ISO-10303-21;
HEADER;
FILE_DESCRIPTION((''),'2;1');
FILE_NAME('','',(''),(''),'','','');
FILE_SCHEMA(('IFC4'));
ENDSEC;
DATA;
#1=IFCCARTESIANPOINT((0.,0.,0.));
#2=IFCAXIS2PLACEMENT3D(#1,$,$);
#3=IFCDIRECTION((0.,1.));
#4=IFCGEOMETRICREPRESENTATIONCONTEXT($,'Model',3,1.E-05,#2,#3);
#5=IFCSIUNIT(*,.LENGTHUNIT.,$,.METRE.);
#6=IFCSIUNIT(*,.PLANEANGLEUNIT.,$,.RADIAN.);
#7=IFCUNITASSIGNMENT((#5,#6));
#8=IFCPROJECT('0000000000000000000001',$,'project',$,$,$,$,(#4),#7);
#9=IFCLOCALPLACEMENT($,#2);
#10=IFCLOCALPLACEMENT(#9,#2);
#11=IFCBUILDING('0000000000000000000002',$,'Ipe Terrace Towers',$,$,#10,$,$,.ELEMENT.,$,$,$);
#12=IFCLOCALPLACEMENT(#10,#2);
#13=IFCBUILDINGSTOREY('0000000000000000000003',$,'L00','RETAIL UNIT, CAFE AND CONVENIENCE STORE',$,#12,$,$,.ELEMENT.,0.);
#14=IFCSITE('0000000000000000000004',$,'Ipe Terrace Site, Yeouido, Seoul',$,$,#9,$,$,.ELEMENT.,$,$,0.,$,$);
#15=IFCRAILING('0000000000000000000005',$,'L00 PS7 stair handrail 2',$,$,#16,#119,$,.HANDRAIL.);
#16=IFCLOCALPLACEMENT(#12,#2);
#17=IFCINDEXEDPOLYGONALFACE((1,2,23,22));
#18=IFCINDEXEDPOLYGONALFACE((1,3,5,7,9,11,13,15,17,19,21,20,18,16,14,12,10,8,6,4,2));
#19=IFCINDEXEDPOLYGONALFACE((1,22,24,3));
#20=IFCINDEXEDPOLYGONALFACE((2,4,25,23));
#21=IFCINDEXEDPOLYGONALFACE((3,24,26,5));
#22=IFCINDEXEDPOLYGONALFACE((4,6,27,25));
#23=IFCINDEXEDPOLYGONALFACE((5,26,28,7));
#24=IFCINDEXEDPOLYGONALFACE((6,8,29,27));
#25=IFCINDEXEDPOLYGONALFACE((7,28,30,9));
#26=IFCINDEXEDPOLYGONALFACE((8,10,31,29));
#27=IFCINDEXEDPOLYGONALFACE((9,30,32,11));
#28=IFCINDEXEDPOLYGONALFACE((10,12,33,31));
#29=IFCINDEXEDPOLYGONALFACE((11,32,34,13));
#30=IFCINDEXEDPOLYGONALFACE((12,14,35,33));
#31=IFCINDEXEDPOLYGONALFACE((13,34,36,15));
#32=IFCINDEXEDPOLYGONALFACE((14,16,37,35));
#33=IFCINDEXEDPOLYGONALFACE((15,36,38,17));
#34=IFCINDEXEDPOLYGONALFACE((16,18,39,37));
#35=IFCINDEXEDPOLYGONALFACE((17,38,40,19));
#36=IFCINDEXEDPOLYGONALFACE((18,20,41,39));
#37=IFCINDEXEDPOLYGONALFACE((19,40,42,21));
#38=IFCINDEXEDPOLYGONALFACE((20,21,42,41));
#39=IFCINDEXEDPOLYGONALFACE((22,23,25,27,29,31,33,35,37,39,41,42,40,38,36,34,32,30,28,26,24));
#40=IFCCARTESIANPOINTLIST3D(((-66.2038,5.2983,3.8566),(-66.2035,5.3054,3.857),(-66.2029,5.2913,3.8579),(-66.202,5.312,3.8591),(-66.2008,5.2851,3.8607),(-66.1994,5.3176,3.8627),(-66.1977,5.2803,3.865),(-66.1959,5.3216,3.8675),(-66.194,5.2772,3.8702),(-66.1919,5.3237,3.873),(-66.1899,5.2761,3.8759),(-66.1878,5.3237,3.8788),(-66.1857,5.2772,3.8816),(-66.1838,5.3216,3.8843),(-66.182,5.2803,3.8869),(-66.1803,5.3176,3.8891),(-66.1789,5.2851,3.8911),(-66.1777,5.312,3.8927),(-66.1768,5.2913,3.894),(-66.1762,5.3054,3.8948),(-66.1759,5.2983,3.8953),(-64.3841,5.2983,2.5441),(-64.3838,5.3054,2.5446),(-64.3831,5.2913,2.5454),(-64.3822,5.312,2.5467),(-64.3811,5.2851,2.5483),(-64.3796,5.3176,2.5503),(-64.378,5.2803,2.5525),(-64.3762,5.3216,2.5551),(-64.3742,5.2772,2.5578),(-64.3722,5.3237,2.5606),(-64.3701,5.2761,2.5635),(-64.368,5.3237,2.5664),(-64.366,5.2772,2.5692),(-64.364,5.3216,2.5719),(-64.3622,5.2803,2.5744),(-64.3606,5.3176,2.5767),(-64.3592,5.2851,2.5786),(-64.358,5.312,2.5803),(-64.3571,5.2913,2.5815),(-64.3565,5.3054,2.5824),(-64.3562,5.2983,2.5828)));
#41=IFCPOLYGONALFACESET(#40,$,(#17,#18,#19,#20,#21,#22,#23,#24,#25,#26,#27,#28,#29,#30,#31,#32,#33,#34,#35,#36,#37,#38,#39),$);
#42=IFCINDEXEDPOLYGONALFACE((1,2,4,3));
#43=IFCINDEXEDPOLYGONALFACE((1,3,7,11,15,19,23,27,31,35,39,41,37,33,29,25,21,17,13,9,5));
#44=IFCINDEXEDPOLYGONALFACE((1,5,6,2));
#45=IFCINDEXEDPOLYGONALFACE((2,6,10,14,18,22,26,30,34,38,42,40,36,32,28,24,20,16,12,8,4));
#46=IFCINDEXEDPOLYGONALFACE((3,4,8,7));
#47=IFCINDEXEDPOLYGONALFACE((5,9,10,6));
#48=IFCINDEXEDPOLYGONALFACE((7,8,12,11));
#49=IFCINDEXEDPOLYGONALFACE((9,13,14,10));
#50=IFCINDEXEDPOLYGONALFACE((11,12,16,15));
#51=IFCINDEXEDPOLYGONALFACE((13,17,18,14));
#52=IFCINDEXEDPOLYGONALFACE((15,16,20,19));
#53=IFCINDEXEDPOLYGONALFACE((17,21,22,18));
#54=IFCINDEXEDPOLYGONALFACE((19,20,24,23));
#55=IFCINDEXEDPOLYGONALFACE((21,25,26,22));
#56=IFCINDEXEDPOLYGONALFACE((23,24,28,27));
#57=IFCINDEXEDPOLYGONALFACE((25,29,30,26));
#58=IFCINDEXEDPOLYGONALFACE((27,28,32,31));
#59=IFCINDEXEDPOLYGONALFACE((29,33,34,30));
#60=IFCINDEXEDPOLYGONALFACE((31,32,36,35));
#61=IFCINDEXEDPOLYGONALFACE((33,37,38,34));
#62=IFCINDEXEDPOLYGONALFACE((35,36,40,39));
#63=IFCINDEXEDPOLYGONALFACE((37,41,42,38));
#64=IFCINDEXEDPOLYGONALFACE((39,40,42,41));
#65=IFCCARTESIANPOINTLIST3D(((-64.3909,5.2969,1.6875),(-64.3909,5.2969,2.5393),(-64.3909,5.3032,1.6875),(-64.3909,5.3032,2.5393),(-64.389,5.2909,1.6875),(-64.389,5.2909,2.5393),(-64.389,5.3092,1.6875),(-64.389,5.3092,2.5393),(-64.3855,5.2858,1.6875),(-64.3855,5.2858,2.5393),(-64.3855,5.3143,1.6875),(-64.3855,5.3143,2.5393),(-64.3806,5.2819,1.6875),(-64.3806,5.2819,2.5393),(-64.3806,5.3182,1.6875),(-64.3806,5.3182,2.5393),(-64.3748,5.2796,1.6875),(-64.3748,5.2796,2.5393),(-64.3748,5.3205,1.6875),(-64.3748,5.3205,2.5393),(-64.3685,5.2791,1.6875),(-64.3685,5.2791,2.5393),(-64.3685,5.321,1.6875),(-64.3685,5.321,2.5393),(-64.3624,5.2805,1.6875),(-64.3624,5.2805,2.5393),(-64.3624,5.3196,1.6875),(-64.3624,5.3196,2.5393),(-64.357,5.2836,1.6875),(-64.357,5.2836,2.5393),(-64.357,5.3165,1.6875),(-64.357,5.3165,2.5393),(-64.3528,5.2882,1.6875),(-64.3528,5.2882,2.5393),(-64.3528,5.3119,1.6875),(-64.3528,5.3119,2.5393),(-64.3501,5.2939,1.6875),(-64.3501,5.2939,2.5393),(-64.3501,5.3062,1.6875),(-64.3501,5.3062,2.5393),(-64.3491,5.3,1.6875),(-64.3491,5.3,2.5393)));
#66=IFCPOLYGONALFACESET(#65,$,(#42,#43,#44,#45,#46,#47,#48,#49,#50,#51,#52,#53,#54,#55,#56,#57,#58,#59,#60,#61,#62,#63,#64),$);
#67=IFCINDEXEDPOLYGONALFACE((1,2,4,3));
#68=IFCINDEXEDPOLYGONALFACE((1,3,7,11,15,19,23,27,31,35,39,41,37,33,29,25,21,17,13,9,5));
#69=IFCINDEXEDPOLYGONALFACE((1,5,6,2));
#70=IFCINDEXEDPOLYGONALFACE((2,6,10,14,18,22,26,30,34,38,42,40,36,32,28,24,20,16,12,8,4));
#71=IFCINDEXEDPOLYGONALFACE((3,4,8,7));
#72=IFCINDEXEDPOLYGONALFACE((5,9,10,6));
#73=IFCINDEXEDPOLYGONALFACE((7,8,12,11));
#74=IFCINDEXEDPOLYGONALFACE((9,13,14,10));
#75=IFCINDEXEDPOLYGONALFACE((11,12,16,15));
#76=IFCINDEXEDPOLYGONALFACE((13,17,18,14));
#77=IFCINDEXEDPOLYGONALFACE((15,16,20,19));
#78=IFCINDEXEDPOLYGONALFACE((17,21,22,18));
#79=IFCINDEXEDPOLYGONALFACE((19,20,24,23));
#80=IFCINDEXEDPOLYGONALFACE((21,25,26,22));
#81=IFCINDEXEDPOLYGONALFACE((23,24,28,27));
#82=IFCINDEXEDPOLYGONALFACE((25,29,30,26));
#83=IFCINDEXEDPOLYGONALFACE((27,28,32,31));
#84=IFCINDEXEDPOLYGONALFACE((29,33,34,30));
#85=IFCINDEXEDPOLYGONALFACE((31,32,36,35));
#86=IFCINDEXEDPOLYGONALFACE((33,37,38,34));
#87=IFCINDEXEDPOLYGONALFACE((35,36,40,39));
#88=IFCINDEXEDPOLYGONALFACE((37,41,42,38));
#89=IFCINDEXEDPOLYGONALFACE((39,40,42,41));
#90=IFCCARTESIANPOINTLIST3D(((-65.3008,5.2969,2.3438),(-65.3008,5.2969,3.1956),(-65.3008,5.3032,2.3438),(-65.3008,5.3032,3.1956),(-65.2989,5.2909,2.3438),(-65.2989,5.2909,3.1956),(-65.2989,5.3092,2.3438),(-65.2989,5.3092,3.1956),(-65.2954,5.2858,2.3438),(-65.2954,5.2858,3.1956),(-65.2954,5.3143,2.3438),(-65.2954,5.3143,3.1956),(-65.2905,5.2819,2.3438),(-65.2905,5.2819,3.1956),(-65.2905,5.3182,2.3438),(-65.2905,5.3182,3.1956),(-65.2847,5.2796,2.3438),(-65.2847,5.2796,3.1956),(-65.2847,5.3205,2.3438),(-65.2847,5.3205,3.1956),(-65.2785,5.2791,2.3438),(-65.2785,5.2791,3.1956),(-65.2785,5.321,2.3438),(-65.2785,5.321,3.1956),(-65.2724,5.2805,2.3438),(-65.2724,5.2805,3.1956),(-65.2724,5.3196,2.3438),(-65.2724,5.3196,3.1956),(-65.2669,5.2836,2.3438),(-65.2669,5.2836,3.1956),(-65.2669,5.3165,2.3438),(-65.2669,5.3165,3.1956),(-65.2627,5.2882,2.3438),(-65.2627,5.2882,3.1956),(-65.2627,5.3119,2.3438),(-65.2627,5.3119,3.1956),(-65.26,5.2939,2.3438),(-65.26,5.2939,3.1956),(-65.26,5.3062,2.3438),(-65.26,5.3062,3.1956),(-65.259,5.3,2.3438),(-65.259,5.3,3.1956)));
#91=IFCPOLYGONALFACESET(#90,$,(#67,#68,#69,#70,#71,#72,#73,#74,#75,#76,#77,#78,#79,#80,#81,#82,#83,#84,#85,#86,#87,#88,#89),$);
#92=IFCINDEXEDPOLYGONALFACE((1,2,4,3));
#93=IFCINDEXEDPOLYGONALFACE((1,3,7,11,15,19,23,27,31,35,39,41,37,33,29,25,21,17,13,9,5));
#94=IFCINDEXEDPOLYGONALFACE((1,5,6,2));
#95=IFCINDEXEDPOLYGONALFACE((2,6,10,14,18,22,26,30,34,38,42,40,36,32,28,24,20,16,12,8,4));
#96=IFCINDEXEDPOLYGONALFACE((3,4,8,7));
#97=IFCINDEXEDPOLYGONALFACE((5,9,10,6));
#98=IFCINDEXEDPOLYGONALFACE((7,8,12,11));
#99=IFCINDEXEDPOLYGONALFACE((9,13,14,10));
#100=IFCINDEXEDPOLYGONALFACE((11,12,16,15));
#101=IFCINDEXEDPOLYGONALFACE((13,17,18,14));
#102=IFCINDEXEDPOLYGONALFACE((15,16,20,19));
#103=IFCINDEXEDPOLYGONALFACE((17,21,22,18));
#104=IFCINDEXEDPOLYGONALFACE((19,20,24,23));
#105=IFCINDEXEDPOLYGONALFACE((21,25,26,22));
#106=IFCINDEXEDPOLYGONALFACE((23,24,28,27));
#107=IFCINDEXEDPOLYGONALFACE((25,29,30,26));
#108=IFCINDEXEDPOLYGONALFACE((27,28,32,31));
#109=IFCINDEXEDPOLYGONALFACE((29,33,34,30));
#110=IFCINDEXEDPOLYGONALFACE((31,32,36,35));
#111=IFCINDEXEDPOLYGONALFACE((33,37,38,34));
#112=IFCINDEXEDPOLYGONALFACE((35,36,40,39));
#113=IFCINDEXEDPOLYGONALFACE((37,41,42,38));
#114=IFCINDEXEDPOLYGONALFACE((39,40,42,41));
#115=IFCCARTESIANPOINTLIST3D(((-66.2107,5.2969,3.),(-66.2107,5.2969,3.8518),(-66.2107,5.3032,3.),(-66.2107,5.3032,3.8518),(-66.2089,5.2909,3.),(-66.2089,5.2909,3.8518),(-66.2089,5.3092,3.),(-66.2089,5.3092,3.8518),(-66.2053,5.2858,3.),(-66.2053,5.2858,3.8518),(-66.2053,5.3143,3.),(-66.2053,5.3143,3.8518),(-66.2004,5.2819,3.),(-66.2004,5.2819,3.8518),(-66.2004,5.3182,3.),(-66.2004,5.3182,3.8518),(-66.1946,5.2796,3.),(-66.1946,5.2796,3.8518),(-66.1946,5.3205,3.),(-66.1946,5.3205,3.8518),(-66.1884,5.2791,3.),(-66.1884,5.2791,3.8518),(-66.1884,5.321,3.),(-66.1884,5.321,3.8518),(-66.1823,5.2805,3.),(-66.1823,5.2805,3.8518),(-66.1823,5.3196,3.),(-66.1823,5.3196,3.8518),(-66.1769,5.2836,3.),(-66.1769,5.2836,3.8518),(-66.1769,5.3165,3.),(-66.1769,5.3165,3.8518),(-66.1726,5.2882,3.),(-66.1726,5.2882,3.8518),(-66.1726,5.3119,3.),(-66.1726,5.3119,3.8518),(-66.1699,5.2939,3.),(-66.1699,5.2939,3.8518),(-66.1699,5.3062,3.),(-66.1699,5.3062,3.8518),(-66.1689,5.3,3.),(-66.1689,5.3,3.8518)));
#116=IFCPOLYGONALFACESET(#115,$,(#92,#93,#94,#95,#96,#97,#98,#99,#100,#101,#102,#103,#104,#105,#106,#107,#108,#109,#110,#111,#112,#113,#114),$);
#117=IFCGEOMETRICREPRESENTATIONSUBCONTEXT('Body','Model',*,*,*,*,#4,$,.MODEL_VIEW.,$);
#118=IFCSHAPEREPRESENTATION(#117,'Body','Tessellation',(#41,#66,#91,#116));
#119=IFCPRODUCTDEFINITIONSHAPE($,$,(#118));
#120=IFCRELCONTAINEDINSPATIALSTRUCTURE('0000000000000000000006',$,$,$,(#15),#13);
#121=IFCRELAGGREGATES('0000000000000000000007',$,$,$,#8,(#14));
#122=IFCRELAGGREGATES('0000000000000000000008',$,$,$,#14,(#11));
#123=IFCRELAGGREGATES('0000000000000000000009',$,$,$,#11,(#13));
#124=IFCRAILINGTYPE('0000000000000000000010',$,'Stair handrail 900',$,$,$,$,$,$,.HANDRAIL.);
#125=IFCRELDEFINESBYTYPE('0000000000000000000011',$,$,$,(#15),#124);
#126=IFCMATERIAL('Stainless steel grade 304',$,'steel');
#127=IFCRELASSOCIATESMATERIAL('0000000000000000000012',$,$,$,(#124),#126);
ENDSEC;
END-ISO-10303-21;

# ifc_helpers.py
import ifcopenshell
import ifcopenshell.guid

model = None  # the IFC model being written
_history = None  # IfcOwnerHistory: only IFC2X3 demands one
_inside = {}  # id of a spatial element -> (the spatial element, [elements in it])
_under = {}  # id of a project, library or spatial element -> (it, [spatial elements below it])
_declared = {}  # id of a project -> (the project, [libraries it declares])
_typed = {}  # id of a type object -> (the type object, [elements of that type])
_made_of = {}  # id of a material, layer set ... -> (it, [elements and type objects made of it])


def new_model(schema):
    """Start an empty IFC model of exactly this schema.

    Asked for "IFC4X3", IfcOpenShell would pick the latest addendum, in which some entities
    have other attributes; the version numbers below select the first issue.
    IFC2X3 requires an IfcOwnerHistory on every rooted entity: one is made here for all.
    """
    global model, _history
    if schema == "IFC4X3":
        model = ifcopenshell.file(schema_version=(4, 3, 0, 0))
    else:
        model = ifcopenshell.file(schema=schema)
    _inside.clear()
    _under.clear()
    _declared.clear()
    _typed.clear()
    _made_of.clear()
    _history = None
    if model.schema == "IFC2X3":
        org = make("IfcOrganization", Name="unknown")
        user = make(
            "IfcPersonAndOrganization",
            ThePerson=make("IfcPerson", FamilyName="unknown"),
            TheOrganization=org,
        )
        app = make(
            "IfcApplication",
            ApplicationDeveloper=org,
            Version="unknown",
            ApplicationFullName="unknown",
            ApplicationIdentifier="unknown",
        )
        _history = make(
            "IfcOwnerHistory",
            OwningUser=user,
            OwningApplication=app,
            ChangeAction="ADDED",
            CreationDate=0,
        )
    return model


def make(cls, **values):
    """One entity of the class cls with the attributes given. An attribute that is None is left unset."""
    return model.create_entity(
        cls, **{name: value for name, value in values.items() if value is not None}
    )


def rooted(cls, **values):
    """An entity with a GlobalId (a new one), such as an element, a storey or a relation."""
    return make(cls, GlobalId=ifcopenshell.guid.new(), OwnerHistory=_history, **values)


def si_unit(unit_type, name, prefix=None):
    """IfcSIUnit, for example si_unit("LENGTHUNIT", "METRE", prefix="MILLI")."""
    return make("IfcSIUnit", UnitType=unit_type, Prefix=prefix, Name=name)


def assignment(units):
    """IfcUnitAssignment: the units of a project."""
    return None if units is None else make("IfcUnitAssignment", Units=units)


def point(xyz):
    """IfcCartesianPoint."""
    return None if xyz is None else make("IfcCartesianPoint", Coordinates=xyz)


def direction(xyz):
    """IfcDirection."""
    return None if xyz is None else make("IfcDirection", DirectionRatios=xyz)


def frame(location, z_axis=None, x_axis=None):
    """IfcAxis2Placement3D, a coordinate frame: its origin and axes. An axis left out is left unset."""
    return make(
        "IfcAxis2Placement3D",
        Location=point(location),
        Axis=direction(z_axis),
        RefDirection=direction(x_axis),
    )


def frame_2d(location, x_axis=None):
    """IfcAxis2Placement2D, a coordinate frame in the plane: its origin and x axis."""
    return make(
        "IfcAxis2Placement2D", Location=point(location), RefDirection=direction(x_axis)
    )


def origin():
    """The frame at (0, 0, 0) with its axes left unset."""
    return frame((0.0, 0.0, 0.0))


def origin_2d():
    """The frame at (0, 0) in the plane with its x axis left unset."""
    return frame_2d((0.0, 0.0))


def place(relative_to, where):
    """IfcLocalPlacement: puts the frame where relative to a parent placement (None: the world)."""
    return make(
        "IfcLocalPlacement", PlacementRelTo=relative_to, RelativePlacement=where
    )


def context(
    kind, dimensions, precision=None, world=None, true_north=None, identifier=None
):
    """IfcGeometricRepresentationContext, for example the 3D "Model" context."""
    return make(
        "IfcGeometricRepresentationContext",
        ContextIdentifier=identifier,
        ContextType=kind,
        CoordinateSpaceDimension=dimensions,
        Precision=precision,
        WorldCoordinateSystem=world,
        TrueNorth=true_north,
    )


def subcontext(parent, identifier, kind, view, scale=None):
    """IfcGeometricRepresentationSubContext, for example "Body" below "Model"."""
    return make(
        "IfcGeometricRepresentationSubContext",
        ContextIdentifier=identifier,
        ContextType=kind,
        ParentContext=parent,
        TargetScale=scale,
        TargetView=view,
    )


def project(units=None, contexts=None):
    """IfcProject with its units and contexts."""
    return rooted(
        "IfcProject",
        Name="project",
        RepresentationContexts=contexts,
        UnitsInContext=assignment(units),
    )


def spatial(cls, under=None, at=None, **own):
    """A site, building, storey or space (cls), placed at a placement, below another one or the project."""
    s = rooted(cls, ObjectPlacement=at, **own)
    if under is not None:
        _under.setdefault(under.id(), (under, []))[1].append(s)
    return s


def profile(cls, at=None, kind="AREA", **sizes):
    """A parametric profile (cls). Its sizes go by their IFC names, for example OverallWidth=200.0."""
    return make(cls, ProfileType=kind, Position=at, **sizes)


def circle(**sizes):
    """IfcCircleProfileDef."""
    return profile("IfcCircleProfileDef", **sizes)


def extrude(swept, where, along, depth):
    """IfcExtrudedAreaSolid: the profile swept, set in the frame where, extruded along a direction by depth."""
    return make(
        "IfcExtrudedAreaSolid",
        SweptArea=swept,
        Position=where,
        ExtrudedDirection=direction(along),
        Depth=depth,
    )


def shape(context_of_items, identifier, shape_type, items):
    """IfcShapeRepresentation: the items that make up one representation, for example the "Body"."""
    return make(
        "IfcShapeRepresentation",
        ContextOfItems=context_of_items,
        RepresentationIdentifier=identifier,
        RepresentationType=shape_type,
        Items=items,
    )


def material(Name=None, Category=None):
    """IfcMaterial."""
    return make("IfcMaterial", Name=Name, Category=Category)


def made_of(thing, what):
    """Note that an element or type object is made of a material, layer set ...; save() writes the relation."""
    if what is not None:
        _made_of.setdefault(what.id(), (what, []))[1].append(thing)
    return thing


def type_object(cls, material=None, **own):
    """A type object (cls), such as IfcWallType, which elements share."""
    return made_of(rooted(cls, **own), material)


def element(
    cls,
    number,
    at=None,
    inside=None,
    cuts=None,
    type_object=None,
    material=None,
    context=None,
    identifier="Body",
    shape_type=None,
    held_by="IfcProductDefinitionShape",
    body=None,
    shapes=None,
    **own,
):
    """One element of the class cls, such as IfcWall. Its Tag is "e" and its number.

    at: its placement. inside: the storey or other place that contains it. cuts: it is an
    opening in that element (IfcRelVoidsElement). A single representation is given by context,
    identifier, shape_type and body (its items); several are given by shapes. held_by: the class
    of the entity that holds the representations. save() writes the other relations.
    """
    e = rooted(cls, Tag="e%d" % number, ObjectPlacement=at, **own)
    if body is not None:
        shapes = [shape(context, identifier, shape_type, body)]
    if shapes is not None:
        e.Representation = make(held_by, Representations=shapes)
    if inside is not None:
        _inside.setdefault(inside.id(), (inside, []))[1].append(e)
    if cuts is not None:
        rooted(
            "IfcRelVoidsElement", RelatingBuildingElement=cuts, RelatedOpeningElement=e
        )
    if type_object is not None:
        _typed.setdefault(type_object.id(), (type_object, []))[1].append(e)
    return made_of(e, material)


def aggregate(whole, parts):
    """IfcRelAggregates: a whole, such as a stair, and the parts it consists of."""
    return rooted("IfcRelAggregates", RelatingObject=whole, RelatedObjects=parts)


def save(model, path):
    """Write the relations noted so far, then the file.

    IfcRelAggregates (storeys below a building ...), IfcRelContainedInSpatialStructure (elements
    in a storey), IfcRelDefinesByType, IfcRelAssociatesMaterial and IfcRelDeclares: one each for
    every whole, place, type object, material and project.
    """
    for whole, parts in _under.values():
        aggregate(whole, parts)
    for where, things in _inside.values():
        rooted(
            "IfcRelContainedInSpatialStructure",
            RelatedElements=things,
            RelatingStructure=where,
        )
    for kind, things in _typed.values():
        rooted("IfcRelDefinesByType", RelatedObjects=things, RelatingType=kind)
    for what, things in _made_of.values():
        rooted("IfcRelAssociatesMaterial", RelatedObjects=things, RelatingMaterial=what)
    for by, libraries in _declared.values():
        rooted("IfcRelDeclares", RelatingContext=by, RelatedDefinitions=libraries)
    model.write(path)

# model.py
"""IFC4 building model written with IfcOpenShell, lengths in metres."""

from ifc_helpers import new_model, si_unit, direction, frame, origin, origin_2d, place, context, subcontext, project, spatial, circle, extrude, material, type_object, element, save


model = new_model("IFC4")

# Units and contexts
model_context = context("Model", 3, precision=1e-05, world=origin(), true_north=direction((0.0, 1.0)))
body_context = subcontext(model_context, "Body", "Model", "MODEL_VIEW")
ifc_project = project(units=[si_unit("LENGTHUNIT", "METRE"), si_unit("PLANEANGLEUNIT", "RADIAN")], contexts=[model_context])

# Site, building, storey
site_placement = place(None, origin())
site = spatial("IfcSite", under=ifc_project, at=site_placement, Name="Ipe Terrace Site, Yeouido, Seoul", CompositionType="ELEMENT", RefElevation=0.0)
building_placement = place(site_placement, origin())
building = spatial("IfcBuilding", under=site, at=building_placement, Name="Ipe Terrace Towers", CompositionType="ELEMENT")
storey_placement = place(building_placement, origin())
storey = spatial("IfcBuildingStorey", under=building, at=storey_placement, Name="L00", Description="RETAIL UNIT, CAFE AND CONVENIENCE STORE", CompositionType="ELEMENT", Elevation=0.0)

# Railing
ifc_material_1 = material(Name="Stainless steel grade 304", Category="steel")
railing_type_1 = type_object("IfcRailingType", Name="Stair handrail 900", PredefinedType="HANDRAIL", material=ifc_material_1)
railing_1_placement = place(storey_placement, frame((-64.3701, 5.3, 1.6875)))
element("IfcRailing", 1, at=railing_1_placement, inside=storey, type_object=railing_type_1, Name="L00 PS7 stair handrail 2", PredefinedType="HANDRAIL", context=body_context, shape_type="SweptSolid", body=[
    extrude(circle(Radius=0.0239, at=origin_2d()), frame((0.0, 0.0, 0.876), z_axis=(-0.811064, 0.0, 0.584958), x_axis=(0.0, -1.0, 0.0)), (0.0, 0.0, 1.0), 2.2437),
    extrude(circle(Radius=0.021, at=origin_2d()), origin(), (0.0, 0.0, 1.0), 0.8518),
    extrude(circle(Radius=0.021, at=origin_2d()), frame((-0.9099, 0.0, 0.6562)), (0.0, 0.0, 1.0), 0.8518),
    extrude(circle(Radius=0.021, at=origin_2d()), frame((-1.8198, 0.0, 1.3125)), (0.0, 0.0, 1.0), 0.8518),
])

save(model, "model.ifc")
